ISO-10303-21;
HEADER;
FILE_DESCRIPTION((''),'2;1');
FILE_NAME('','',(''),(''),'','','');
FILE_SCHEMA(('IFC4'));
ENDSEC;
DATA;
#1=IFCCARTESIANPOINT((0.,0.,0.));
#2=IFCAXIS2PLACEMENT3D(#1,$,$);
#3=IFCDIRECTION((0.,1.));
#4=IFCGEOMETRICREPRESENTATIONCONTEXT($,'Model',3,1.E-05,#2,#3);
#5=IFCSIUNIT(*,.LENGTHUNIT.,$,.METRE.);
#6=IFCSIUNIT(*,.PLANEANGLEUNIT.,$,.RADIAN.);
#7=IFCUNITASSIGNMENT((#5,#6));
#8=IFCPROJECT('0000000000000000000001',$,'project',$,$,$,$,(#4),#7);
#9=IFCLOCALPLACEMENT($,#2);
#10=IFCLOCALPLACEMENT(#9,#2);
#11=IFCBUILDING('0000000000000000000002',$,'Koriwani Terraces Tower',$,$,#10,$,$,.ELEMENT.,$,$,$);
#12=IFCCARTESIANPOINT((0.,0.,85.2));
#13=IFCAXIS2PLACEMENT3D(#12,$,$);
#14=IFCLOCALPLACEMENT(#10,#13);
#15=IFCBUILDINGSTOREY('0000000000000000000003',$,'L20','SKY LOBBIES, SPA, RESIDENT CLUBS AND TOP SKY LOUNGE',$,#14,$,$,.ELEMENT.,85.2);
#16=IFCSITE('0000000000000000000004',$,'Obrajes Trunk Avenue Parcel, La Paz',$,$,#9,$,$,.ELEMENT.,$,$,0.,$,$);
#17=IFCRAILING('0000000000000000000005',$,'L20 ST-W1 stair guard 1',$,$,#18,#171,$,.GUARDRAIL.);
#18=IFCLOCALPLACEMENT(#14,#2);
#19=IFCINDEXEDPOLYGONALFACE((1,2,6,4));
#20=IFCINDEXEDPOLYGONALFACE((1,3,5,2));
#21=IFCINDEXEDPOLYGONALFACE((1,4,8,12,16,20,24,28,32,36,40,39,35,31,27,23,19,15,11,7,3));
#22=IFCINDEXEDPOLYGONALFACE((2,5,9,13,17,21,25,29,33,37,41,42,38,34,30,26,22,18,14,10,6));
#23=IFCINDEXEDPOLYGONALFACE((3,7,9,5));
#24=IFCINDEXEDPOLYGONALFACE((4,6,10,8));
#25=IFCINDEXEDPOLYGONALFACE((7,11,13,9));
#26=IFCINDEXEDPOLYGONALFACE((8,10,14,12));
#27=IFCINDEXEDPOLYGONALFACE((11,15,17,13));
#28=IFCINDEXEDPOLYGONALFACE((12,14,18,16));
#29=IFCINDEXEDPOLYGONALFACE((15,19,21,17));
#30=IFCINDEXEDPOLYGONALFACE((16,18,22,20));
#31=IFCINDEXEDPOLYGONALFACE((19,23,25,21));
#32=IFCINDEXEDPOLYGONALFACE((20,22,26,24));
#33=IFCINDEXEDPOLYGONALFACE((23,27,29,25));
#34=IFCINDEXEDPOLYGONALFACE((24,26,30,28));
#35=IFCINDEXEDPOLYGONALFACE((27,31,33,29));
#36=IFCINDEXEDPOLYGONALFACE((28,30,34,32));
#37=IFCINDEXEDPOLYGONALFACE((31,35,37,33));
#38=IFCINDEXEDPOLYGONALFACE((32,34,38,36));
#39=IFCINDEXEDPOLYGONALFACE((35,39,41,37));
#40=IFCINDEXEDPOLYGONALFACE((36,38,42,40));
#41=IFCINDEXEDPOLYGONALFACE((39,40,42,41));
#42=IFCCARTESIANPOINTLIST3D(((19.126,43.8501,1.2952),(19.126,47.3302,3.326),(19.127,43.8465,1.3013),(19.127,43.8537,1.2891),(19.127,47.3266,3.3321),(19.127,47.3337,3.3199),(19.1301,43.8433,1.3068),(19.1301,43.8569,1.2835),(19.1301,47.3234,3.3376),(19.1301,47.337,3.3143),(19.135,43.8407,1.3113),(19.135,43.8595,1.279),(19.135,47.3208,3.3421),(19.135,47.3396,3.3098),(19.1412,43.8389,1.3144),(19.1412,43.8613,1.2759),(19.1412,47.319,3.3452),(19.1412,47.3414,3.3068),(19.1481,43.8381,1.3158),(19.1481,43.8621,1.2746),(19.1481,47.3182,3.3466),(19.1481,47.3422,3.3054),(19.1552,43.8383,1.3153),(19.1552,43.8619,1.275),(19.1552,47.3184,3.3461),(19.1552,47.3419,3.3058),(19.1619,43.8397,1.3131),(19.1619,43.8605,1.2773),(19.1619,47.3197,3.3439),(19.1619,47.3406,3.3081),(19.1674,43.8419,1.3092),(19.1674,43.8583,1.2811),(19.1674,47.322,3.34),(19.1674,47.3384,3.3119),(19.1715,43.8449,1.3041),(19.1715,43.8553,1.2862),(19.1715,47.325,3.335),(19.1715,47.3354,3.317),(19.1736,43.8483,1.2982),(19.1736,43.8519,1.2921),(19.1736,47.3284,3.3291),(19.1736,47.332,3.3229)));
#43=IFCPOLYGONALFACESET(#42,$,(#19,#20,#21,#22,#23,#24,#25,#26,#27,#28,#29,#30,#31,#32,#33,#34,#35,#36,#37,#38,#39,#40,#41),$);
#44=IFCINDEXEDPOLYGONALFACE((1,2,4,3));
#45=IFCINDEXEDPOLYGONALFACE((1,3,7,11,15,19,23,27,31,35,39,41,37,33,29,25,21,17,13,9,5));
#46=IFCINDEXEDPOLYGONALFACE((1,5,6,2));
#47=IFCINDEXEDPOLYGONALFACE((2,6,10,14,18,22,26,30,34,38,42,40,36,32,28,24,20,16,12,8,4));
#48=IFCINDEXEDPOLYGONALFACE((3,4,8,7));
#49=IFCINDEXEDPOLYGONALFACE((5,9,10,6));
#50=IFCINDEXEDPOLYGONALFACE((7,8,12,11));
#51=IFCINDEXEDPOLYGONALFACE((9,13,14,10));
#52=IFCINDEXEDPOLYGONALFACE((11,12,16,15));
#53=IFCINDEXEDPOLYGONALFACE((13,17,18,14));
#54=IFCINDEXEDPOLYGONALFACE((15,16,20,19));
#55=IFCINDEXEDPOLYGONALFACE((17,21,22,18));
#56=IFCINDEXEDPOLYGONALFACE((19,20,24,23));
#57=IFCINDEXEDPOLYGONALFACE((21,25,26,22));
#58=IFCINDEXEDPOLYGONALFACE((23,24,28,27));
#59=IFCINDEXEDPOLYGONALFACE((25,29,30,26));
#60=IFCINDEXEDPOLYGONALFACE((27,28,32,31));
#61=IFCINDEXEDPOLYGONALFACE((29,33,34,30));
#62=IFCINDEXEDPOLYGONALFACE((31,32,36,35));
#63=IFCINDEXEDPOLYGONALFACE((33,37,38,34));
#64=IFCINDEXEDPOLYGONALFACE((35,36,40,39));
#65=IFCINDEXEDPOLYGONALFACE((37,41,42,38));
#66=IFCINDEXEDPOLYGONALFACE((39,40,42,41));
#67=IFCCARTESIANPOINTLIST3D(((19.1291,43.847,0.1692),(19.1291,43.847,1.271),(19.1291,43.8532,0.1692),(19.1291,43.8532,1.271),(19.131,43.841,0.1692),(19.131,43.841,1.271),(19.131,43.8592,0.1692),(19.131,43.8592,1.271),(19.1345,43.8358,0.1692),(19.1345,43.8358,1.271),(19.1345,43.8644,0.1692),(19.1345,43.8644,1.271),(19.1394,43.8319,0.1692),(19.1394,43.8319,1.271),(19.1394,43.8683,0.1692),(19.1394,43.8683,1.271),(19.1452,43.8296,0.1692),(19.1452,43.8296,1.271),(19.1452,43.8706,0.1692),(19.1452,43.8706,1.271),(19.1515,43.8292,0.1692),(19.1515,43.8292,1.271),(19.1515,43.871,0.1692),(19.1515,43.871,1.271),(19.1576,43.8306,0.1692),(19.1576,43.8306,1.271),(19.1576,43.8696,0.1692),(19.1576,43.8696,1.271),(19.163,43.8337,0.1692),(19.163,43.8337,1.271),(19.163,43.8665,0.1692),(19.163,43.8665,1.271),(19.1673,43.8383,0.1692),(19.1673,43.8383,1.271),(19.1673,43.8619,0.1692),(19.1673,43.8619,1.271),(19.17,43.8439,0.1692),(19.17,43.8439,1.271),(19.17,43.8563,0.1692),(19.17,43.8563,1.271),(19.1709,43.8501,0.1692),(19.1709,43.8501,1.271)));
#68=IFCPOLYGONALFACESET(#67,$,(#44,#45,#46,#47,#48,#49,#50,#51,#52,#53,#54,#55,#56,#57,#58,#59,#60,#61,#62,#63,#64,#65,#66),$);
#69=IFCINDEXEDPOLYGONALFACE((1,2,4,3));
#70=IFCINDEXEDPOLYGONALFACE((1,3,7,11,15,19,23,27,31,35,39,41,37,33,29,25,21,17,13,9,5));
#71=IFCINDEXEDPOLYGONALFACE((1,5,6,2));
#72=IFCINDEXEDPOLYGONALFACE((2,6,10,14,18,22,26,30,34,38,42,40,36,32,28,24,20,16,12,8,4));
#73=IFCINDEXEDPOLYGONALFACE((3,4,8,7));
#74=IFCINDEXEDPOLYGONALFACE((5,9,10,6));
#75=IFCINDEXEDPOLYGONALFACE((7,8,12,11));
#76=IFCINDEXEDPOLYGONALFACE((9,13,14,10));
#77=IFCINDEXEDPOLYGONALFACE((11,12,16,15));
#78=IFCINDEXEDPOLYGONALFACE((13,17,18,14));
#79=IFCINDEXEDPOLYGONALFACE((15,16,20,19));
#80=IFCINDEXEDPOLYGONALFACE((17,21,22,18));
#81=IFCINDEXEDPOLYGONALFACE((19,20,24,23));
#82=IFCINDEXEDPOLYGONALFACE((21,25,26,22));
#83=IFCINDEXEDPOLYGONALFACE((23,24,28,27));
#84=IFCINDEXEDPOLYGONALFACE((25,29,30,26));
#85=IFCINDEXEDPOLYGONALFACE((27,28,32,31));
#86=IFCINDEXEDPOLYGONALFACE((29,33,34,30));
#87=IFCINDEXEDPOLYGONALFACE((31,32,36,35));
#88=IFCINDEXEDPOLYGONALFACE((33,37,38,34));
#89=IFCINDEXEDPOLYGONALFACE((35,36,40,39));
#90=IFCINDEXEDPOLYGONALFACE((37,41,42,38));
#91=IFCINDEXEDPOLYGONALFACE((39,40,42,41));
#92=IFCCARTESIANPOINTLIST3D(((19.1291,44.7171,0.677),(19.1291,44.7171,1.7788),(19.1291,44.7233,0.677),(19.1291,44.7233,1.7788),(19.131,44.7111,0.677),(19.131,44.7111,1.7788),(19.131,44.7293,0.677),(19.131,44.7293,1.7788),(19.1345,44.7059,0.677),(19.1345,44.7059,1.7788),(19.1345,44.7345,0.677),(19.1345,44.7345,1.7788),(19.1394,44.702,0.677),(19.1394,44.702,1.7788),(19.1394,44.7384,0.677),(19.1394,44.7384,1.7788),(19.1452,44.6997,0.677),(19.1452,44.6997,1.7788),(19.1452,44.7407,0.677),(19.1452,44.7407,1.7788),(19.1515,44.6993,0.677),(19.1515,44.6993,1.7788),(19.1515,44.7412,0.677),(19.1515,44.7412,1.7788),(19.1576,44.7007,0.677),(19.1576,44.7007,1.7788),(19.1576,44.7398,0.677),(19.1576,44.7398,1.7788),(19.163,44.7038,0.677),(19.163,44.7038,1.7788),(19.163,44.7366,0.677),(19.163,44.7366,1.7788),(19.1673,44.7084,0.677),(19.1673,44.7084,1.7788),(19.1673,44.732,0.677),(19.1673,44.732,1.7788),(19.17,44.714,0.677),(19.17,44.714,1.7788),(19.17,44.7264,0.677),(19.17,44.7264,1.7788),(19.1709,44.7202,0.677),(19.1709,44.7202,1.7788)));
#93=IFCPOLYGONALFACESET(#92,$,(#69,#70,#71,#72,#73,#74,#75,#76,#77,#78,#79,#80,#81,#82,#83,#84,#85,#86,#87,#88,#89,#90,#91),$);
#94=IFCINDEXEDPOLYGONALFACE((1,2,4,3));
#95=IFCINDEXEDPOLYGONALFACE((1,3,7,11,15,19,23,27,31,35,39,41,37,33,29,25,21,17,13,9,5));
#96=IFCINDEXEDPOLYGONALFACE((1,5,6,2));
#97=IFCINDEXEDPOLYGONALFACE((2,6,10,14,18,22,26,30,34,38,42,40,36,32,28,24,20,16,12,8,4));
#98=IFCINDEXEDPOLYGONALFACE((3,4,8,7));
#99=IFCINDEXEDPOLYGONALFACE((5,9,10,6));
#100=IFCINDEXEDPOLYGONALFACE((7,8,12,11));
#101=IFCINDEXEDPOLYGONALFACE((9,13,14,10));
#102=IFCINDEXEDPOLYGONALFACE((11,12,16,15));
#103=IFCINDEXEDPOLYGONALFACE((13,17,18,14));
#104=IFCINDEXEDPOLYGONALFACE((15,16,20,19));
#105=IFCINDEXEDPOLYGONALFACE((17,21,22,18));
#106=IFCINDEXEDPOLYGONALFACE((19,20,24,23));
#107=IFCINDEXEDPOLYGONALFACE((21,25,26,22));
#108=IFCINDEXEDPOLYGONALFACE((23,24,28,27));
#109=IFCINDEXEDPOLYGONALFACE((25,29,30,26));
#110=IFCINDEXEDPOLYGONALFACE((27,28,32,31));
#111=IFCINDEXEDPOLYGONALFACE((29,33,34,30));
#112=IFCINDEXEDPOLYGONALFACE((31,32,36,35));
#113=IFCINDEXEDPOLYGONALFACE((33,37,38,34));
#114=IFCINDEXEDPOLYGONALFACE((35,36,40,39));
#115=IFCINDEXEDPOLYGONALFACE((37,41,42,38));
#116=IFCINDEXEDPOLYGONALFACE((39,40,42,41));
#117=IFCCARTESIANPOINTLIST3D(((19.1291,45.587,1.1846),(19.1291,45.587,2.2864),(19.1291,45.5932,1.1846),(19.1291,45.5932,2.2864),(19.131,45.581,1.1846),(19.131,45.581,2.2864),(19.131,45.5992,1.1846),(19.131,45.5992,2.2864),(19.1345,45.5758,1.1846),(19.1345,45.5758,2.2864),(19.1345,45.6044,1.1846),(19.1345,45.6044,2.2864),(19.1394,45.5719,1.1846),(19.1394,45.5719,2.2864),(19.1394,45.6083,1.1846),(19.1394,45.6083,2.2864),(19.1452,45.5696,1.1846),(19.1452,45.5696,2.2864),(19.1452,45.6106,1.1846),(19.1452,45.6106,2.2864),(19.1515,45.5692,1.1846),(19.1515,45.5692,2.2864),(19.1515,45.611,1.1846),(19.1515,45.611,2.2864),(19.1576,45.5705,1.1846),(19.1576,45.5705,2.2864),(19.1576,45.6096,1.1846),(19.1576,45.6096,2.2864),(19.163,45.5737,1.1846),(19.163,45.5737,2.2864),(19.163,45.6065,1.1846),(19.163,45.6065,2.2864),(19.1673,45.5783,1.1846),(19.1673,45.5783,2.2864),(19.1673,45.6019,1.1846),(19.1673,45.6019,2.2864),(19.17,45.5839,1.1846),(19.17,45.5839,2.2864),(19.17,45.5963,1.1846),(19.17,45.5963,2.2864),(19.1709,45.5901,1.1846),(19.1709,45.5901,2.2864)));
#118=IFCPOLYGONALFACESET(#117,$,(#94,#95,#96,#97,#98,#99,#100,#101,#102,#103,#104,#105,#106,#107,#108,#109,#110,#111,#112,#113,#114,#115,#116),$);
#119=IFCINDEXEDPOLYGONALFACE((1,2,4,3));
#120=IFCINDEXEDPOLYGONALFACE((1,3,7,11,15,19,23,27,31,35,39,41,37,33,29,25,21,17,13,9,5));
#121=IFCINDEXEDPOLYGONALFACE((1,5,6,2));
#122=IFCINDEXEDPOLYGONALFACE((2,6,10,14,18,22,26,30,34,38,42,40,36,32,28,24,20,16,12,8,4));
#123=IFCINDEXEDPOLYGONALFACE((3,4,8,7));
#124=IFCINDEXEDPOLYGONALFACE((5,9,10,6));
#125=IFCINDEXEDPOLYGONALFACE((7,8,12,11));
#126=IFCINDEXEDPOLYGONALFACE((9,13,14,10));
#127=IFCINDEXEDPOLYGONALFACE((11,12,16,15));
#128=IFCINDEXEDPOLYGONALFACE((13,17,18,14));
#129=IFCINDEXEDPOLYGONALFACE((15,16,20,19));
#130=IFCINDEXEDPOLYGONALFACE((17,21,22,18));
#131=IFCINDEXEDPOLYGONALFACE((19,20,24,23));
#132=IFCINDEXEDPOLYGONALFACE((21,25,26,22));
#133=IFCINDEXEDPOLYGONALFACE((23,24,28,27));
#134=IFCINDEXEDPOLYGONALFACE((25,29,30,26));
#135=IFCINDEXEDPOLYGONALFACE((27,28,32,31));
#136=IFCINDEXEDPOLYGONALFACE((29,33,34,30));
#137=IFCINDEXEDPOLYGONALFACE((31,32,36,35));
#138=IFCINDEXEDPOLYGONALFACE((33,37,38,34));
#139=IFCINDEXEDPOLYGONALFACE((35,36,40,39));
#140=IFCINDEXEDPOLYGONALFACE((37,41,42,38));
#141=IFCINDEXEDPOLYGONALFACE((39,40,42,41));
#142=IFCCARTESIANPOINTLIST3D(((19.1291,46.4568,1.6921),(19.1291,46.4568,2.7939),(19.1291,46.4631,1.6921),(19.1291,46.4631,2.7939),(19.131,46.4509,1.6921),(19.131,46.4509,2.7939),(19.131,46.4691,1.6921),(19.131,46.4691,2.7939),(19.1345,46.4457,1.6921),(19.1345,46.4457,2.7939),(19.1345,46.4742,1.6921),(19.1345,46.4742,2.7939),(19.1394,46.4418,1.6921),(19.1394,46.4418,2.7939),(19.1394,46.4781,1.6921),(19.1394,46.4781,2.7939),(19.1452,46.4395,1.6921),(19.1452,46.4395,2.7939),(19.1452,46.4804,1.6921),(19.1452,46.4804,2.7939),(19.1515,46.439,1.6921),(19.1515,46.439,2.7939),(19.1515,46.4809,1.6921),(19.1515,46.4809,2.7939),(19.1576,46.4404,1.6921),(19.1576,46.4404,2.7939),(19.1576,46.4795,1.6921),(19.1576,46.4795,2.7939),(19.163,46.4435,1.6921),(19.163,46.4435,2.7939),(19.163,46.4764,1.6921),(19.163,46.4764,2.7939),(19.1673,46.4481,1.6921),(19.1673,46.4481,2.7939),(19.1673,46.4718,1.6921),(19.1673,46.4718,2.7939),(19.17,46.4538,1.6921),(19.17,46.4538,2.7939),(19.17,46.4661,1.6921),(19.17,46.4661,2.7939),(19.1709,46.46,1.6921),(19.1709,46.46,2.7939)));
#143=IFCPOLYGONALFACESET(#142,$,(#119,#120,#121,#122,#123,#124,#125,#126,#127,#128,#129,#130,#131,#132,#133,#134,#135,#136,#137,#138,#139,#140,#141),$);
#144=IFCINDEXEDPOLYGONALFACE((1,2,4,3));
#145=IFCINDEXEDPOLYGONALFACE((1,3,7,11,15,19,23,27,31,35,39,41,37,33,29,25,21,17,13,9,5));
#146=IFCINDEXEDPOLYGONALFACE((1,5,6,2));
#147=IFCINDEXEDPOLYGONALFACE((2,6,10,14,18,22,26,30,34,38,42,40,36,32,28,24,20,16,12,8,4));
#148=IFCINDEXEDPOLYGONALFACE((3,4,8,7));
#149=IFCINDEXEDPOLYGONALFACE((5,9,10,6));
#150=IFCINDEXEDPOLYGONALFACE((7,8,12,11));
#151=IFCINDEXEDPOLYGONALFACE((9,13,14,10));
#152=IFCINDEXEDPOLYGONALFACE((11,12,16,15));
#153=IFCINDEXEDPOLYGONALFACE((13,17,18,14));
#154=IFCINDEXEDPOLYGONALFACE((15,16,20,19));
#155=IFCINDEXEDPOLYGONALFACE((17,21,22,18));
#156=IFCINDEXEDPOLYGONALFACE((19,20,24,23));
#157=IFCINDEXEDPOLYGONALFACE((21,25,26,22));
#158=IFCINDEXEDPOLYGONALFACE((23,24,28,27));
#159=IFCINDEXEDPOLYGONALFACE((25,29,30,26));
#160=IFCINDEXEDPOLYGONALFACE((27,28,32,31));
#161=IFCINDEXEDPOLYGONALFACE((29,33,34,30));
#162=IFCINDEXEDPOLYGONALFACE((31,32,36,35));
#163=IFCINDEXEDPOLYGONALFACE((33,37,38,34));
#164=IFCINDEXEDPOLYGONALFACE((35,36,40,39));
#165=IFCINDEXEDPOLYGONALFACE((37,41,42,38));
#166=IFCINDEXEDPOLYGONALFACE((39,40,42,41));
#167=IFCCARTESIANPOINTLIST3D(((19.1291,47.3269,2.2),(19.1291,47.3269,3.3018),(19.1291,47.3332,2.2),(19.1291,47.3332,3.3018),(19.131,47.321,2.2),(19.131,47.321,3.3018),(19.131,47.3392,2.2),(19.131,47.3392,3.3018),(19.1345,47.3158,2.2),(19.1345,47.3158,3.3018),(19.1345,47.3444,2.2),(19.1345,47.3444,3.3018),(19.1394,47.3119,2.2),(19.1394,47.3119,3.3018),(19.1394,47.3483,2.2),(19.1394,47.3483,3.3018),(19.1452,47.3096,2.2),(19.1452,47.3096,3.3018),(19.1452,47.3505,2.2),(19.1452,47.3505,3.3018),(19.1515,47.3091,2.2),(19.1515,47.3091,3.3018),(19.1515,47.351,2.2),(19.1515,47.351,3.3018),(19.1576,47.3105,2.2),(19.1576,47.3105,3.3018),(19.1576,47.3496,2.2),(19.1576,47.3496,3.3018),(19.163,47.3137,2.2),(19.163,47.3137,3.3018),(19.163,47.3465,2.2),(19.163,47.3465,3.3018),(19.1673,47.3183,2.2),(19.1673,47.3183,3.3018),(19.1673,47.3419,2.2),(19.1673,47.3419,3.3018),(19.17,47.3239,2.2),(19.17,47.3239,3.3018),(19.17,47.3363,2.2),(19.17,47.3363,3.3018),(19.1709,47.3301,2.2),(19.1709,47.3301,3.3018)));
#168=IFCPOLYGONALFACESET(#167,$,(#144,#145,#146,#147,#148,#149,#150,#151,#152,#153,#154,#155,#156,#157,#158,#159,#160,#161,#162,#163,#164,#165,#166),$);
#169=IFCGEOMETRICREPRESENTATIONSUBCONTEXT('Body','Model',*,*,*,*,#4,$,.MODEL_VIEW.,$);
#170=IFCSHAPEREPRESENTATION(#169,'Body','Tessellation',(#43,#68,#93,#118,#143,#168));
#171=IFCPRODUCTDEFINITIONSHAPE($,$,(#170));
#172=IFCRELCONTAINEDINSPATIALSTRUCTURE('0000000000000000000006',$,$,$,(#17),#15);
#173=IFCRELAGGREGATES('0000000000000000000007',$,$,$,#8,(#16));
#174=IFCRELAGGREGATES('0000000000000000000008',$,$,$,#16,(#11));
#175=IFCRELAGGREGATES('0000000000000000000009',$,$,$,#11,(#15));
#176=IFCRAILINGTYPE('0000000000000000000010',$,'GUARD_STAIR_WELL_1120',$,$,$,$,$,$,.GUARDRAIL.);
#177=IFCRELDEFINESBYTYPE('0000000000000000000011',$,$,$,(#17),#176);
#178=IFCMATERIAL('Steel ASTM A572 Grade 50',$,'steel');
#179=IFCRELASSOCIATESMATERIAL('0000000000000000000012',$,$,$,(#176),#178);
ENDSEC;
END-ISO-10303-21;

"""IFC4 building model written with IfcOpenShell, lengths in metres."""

from ifc_helpers import new_model, si_unit, direction, frame, origin, origin_2d, place, context, subcontext, project, spatial, circle, extrude, material, type_object, element, save


model = new_model("IFC4")

# Units and contexts
model_context = context("Model", 3, precision=1e-05, world=origin(), true_north=direction((0.0, 1.0)))
body_context = subcontext(model_context, "Body", "Model", "MODEL_VIEW")
ifc_project = project(units=[si_unit("LENGTHUNIT", "METRE"), si_unit("PLANEANGLEUNIT", "RADIAN")], contexts=[model_context])

# Site, building, storey
site_placement = place(None, origin())
site = spatial("IfcSite", under=ifc_project, at=site_placement, Name="Obrajes Trunk Avenue Parcel, La Paz", CompositionType="ELEMENT", RefElevation=0.0)
building_placement = place(site_placement, origin())
building = spatial("IfcBuilding", under=site, at=building_placement, Name="Koriwani Terraces Tower", CompositionType="ELEMENT")
storey_placement = place(building_placement, frame((0.0, 0.0, 85.2)))
storey = spatial("IfcBuildingStorey", under=building, at=storey_placement, Name="L20", Description="SKY LOBBIES, SPA, RESIDENT CLUBS AND TOP SKY LOUNGE", CompositionType="ELEMENT", Elevation=85.2)

# Shared definitions
ifc_material_1 = material(Name="Steel ASTM A572 Grade 50", Category="steel")

# Railing
railing_type_1 = type_object("IfcRailingType", Name="GUARD_STAIR_WELL_1120", PredefinedType="GUARDRAIL", material=ifc_material_1)
railing_1_placement = place(storey_placement, frame((19.1499, 43.8501, 0.1692)))
element("IfcRailing", 1, at=railing_1_placement, inside=storey, type_object=railing_type_1, Name="L20 ST-W1 stair guard 1", PredefinedType="GUARDRAIL", context=body_context, shape_type="SweptSolid", body=[
    extrude(circle(Radius=0.0239, at=origin_2d()), frame((0.0, 0.0, 1.126), z_axis=(0.0, 0.863695, 0.504014), x_axis=(-1.0, 0.0, 0.0)), (0.0, 0.0, 1.0), 4.0293),
    extrude(circle(Radius=0.021, at=origin_2d()), origin(), (0.0, 0.0, 1.0), 1.1018),
    extrude(circle(Radius=0.021, at=origin_2d()), frame((0.0, 0.8701, 0.5078)), (0.0, 0.0, 1.0), 1.1018),
    extrude(circle(Radius=0.021, at=origin_2d()), frame((0.0, 1.74, 1.0154)), (0.0, 0.0, 1.0), 1.1018),
    extrude(circle(Radius=0.021, at=origin_2d()), frame((0.0, 2.6099, 1.5229)), (0.0, 0.0, 1.0), 1.1018),
    extrude(circle(Radius=0.021, at=origin_2d()), frame((0.0, 3.48, 2.0308)), (0.0, 0.0, 1.0), 1.1018),
])

save(model, "model.ifc")
